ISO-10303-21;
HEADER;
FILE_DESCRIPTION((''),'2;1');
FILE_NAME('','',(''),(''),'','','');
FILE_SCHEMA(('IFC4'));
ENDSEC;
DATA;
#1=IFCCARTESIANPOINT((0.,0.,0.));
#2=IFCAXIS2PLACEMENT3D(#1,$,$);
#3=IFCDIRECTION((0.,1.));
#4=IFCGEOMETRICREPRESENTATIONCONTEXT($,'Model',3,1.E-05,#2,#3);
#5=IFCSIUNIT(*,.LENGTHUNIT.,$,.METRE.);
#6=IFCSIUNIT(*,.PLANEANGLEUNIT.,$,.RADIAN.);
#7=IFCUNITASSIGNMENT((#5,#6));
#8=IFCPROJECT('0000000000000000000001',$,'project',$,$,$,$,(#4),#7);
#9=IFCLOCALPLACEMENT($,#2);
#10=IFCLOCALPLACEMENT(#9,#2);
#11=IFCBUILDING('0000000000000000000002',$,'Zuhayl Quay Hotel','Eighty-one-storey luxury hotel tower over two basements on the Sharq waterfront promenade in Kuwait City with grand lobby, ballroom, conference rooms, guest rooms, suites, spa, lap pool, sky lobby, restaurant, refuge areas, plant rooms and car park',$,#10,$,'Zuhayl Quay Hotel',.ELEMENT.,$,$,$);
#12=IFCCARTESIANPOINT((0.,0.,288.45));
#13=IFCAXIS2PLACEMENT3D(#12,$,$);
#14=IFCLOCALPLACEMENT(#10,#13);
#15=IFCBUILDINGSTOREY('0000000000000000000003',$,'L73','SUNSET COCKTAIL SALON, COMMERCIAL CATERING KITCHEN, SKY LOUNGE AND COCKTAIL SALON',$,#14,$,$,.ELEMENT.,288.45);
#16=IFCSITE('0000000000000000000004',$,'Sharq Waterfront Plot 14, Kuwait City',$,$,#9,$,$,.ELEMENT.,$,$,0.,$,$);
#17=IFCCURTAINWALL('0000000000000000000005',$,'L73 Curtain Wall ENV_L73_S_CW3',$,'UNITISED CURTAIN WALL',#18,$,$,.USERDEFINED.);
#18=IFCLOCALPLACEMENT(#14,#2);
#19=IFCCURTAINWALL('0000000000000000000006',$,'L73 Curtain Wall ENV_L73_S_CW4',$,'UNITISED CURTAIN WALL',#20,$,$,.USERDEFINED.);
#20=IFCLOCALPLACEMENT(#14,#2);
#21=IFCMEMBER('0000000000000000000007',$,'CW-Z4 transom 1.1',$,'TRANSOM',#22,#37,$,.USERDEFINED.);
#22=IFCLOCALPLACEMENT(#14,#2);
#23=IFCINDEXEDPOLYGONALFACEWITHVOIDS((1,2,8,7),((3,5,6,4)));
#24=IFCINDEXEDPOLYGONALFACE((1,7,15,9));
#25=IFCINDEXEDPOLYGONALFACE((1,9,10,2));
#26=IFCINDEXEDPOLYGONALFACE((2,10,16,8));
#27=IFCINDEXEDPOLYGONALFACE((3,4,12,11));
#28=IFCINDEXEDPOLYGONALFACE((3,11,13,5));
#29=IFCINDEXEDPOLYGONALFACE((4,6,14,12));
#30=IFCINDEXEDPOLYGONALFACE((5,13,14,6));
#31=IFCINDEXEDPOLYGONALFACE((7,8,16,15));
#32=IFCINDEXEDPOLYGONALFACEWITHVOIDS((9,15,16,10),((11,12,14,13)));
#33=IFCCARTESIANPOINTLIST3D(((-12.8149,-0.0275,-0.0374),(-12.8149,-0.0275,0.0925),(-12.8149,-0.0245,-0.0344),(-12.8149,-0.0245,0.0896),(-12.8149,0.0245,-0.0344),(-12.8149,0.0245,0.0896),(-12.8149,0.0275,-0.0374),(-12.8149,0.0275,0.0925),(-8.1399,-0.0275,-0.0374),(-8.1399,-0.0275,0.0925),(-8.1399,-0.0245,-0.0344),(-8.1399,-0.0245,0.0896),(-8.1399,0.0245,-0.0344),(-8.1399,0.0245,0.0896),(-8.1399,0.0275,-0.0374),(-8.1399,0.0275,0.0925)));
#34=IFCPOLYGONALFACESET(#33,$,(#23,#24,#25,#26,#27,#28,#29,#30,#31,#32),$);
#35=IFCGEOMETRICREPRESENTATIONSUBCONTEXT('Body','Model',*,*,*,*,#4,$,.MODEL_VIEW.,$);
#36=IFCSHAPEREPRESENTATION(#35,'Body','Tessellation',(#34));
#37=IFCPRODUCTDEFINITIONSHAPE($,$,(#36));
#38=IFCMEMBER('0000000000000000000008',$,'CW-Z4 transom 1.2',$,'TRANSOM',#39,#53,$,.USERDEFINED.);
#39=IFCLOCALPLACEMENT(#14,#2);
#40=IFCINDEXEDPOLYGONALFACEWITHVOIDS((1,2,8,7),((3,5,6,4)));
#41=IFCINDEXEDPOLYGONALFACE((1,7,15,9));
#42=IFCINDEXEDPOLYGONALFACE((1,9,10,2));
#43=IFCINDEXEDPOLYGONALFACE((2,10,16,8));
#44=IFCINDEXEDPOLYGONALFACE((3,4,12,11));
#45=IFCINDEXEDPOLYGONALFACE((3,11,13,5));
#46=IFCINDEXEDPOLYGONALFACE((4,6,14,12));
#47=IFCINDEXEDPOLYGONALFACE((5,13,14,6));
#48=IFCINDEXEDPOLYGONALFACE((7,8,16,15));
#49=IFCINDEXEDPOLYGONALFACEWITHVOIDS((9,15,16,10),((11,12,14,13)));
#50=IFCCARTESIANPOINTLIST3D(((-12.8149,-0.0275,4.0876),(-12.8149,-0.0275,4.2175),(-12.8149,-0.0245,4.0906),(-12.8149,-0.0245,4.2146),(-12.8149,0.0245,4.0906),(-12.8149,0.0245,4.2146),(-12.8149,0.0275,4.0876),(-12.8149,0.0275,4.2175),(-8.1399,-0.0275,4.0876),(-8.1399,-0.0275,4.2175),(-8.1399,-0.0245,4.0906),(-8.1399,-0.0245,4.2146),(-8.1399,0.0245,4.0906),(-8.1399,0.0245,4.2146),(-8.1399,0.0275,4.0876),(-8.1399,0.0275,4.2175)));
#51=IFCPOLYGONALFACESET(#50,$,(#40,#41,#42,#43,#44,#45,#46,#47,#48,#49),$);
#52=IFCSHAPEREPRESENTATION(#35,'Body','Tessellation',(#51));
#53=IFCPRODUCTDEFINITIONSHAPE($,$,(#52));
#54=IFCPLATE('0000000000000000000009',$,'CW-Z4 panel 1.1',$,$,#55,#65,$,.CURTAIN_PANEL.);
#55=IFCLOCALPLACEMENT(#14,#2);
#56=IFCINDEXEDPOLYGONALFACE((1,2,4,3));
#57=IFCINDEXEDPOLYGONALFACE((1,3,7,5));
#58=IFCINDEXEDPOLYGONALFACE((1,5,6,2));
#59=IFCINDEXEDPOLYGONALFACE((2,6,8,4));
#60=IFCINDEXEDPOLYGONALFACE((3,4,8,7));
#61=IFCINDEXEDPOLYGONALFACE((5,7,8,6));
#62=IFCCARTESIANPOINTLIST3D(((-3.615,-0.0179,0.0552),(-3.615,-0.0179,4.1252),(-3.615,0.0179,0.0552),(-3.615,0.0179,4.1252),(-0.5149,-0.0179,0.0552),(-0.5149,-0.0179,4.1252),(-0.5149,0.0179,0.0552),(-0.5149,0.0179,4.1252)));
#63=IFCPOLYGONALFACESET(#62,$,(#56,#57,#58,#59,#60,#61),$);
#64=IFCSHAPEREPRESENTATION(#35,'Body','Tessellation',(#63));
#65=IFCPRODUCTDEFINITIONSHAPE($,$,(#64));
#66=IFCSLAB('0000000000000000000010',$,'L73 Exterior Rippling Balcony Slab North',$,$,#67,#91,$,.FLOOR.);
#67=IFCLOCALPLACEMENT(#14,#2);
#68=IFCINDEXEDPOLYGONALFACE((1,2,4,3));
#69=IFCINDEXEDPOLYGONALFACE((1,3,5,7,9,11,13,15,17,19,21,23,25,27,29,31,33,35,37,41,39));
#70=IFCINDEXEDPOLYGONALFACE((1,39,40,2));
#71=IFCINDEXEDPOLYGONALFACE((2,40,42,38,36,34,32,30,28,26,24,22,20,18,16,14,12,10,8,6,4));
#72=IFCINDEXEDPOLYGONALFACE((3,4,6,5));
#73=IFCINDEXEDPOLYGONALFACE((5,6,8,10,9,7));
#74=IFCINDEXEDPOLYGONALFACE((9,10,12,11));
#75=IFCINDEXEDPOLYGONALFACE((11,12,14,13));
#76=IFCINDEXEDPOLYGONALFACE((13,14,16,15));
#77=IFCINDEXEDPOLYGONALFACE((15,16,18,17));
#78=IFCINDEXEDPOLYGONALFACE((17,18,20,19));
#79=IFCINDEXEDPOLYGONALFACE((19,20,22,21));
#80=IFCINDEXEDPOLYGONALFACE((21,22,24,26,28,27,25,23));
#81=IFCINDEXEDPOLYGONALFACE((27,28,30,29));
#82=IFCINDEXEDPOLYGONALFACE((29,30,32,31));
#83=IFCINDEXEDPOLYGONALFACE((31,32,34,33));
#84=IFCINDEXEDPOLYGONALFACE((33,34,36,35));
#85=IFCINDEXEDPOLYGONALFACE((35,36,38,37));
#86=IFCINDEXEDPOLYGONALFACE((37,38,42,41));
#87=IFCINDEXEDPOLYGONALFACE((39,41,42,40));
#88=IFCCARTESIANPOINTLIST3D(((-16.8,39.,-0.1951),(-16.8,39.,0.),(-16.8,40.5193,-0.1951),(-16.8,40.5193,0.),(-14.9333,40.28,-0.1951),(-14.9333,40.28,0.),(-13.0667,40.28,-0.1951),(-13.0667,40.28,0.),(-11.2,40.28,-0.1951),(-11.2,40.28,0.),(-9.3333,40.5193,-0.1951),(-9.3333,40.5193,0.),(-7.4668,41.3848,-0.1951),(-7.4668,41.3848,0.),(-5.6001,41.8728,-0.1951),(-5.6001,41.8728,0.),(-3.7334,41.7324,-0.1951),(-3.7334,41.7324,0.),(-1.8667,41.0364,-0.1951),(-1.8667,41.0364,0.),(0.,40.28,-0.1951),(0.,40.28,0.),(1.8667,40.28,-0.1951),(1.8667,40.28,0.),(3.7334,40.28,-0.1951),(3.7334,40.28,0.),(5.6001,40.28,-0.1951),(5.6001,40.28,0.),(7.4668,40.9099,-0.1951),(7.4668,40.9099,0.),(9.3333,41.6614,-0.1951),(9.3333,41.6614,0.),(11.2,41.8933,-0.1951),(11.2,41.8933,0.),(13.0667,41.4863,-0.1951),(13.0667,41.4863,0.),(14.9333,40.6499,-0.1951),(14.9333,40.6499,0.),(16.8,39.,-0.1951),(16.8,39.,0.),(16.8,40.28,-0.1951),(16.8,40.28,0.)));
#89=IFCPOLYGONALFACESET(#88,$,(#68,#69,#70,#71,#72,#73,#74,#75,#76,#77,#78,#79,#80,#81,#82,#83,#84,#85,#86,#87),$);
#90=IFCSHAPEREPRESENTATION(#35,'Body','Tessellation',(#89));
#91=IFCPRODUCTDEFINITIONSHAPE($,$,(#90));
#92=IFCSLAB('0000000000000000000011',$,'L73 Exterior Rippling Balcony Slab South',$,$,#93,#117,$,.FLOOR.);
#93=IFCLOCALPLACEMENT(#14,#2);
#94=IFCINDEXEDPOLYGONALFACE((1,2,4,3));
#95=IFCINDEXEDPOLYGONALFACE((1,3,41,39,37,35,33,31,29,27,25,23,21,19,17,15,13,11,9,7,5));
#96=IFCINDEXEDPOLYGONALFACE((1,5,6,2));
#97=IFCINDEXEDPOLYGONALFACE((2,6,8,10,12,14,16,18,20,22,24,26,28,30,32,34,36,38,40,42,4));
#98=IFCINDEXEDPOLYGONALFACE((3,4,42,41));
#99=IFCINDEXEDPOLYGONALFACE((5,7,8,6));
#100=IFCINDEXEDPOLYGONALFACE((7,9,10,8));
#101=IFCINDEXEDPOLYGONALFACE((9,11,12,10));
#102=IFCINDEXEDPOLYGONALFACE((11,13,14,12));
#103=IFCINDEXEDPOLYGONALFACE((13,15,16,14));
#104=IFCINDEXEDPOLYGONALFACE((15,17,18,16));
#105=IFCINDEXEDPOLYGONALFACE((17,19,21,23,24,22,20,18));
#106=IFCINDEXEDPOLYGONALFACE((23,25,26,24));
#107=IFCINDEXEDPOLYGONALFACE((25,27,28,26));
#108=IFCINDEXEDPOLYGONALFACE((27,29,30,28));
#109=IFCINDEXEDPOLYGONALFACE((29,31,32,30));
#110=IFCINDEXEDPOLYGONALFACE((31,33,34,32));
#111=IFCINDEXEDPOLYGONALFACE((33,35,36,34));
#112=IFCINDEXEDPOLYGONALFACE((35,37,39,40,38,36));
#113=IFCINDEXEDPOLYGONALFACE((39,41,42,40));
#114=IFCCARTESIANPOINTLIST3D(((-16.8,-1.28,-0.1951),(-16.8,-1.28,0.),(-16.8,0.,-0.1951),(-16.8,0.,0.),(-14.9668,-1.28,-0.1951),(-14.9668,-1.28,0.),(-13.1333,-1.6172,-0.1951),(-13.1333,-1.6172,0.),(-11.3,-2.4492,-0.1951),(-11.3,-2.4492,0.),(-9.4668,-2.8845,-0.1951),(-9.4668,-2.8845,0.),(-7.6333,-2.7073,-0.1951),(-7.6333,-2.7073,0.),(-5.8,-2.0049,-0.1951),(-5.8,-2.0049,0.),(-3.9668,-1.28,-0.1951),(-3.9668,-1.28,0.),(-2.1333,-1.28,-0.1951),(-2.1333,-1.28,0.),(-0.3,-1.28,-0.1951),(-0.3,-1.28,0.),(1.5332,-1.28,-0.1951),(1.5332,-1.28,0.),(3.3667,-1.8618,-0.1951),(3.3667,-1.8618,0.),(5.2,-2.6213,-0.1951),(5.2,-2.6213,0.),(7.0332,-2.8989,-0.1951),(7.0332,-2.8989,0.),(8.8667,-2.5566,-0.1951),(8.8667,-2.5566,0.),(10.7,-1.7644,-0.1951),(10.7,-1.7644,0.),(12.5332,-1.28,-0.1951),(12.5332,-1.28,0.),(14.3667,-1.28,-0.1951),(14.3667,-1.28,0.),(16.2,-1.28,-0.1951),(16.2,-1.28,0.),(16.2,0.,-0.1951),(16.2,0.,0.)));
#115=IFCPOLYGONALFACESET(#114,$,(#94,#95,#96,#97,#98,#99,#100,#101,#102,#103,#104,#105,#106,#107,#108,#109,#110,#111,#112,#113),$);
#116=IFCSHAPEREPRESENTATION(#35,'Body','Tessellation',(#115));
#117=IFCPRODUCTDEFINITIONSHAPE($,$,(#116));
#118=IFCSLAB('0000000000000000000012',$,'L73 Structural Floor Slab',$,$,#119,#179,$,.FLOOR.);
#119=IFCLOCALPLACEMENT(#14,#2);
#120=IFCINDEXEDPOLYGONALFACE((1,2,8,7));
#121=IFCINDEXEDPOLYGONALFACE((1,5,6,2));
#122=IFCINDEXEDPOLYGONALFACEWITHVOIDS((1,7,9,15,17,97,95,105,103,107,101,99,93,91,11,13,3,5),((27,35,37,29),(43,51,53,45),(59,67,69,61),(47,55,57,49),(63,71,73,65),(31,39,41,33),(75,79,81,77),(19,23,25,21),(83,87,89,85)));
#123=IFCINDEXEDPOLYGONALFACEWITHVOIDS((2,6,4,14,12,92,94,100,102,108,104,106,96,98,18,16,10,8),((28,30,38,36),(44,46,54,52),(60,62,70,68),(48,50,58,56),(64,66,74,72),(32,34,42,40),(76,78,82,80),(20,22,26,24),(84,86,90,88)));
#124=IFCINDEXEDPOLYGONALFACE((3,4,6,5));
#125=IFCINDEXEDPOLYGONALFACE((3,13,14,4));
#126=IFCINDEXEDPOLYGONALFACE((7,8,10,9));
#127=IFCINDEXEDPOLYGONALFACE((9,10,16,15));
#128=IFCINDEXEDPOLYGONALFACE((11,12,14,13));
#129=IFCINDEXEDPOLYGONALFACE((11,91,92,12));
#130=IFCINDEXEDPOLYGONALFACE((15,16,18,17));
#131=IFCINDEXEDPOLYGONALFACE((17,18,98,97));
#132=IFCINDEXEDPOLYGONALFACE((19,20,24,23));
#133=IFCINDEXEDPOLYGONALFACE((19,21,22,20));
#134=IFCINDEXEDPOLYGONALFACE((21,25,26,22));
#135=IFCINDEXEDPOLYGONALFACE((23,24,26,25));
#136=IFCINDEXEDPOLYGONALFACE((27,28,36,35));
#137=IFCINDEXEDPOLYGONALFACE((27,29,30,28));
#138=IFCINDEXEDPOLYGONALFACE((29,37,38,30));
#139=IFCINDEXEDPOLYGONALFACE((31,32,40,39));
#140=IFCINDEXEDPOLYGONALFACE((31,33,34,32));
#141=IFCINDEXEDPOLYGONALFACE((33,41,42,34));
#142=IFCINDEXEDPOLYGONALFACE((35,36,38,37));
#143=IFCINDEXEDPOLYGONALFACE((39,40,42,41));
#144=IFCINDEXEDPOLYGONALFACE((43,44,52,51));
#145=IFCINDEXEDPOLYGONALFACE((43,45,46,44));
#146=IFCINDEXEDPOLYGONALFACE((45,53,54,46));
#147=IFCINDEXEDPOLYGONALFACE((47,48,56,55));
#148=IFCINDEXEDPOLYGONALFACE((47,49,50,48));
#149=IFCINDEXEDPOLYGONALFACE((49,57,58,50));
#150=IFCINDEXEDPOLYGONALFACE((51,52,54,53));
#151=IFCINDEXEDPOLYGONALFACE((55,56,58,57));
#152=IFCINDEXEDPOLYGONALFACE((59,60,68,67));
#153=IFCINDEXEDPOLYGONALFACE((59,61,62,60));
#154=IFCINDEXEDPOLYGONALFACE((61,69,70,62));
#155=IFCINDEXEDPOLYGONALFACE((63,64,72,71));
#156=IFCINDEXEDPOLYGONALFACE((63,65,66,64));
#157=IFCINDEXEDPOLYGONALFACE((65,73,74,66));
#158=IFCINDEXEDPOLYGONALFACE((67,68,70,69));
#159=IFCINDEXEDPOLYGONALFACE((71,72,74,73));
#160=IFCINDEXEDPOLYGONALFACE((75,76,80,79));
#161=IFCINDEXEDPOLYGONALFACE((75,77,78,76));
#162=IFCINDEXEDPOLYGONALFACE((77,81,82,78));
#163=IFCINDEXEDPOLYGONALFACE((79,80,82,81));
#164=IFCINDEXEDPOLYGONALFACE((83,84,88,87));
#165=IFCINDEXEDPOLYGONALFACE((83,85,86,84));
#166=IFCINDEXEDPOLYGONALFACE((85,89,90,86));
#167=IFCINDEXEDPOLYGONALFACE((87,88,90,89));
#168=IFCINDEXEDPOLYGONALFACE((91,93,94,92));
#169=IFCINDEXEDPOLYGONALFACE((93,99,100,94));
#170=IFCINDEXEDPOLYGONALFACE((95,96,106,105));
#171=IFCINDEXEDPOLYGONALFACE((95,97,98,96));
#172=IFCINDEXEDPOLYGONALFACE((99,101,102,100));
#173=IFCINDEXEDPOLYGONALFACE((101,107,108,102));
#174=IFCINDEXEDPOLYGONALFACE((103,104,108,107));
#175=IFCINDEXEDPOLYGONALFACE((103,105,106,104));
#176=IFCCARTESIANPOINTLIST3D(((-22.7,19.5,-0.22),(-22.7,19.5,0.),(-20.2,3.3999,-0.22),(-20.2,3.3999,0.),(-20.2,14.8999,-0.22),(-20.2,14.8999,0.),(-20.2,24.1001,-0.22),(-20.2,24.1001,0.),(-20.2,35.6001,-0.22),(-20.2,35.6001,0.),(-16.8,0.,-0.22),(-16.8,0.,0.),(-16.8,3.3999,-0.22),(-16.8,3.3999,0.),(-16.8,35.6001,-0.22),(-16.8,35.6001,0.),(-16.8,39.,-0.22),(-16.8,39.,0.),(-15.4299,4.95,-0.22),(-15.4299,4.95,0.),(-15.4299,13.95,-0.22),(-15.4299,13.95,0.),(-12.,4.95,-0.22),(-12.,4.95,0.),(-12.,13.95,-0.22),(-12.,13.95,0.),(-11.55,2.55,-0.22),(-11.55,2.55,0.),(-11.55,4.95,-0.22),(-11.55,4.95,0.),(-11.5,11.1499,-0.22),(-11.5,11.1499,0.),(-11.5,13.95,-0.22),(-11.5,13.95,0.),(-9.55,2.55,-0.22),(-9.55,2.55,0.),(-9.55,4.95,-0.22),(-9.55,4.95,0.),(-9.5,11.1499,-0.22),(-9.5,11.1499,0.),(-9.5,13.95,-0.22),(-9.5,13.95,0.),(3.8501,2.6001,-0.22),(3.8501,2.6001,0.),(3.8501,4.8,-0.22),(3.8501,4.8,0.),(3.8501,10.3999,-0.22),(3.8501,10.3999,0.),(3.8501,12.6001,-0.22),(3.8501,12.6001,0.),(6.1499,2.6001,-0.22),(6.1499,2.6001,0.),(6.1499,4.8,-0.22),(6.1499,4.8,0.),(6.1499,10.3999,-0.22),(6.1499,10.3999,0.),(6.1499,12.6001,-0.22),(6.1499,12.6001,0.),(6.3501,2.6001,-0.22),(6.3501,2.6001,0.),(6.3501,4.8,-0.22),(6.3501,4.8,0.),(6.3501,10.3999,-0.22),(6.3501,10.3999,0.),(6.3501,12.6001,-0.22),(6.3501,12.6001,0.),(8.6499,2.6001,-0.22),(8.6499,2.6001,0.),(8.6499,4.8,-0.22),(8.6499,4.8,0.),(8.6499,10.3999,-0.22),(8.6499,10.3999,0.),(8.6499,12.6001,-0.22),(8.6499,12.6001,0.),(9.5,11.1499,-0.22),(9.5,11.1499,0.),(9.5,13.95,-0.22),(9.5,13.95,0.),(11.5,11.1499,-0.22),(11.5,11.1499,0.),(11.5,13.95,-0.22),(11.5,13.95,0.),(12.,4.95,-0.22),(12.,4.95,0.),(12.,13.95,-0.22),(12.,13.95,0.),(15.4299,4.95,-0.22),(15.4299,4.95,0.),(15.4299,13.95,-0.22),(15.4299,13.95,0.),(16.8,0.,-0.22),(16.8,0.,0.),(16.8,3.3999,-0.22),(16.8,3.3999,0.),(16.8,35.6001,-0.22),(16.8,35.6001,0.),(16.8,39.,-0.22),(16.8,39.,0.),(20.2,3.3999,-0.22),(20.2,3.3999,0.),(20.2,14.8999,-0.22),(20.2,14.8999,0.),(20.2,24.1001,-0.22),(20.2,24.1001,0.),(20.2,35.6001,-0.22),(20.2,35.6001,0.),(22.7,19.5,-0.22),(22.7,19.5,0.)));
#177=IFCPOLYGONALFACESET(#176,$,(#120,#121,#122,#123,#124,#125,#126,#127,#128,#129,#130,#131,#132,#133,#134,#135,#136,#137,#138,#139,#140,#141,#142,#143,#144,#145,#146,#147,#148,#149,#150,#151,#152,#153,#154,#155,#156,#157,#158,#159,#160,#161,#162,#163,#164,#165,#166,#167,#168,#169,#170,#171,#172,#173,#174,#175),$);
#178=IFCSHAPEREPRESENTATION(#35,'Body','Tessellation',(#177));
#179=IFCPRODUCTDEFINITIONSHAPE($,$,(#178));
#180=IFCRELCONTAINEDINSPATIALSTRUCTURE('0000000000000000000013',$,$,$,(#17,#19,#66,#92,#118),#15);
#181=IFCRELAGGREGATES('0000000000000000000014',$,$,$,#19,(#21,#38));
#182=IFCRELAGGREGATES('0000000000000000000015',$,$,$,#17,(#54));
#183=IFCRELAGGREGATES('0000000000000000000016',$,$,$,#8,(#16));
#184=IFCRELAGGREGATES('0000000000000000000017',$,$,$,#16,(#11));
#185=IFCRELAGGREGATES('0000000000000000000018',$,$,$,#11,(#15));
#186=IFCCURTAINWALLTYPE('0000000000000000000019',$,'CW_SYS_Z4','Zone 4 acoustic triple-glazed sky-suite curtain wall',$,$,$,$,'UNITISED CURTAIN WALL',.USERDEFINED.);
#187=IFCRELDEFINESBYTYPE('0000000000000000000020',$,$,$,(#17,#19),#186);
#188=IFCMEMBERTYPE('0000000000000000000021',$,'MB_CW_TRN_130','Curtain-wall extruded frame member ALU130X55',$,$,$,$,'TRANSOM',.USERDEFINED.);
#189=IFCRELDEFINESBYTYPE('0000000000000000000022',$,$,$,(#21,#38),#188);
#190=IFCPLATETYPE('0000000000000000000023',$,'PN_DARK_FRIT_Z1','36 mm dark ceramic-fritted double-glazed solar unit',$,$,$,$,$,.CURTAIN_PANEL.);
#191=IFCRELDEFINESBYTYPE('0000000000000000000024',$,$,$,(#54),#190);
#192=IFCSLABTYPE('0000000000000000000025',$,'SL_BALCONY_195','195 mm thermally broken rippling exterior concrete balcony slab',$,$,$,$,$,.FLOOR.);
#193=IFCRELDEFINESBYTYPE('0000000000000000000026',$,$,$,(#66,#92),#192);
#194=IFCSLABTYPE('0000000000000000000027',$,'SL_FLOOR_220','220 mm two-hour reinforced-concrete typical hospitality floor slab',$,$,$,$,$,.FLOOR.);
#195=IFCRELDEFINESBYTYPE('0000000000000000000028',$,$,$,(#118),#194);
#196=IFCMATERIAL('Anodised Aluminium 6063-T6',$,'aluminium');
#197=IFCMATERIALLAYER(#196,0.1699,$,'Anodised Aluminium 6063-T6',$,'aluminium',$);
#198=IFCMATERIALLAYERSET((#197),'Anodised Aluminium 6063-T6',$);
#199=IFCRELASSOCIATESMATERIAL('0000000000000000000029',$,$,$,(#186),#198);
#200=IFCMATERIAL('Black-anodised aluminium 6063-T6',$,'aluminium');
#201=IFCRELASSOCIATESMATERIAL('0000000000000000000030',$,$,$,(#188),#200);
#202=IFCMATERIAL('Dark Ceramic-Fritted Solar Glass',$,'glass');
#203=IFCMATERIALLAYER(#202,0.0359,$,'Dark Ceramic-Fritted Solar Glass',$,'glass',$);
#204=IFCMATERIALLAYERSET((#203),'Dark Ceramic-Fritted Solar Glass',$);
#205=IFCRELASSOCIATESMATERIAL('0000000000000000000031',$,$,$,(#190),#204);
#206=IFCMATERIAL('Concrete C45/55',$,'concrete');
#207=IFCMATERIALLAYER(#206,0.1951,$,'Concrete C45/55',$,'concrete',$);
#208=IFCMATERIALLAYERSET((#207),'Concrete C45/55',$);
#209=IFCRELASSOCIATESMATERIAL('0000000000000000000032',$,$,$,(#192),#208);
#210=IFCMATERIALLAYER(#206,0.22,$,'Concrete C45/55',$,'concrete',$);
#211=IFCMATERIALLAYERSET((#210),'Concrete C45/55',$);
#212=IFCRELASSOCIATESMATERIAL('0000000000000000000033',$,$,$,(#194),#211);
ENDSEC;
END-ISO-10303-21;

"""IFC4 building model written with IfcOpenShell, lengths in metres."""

from ifc_helpers import new_model, si_unit, direction, frame, origin, origin_2d, place, context, subcontext, project, spatial, polyline, rectangle, hollow_rectangle, outline, extrude, material, layer, layer_set, material_profile, profile_set, type_object, element, aggregate, save


model = new_model("IFC4")

# Units and contexts
model_context = context("Model", 3, precision=1e-05, world=origin(), true_north=direction((0.0, 1.0)))
body_context = subcontext(model_context, "Body", "Model", "MODEL_VIEW")
ifc_project = project(units=[si_unit("LENGTHUNIT", "METRE"), si_unit("PLANEANGLEUNIT", "RADIAN")], contexts=[model_context])

# Site, building, storey
site_placement = place(None, origin())
site = spatial("IfcSite", under=ifc_project, at=site_placement, Name="Sharq Waterfront Plot 14, Kuwait City", CompositionType="ELEMENT", RefElevation=0.0)
building_placement = place(site_placement, origin())
building = spatial("IfcBuilding", under=site, at=building_placement, Name="Zuhayl Quay Hotel", Description="Eighty-one-storey luxury hotel tower over two basements on the Sharq waterfront promenade in Kuwait City with grand lobby, ballroom, conference rooms, guest rooms, suites, spa, lap pool, sky lobby, restaurant, refuge areas, plant rooms and car park", LongName="Zuhayl Quay Hotel", CompositionType="ELEMENT")
storey_placement = place(building_placement, frame((0.0, 0.0, 288.45)))
storey = spatial("IfcBuildingStorey", under=building, at=storey_placement, Name="L73", Description="SUNSET COCKTAIL SALON, COMMERCIAL CATERING KITCHEN, SKY LOUNGE AND COCKTAIL SALON", CompositionType="ELEMENT", Elevation=288.45)

# Curtain wall
ifc_material_1 = material(Name="Anodised Aluminium 6063-T6", Category="aluminium")
ifc_layer_1 = layer(ifc_material_1, 0.1699, Name="Anodised Aluminium 6063-T6", Category="aluminium")
ifc_layer_set_1 = layer_set([ifc_layer_1], Name="Anodised Aluminium 6063-T6")
curtain_wall_type = type_object("IfcCurtainWallType", Name="CW_SYS_Z4", Description="Zone 4 acoustic triple-glazed sky-suite curtain wall", ElementType="UNITISED CURTAIN WALL", PredefinedType="USERDEFINED", material=ifc_layer_set_1)
curtain_wall_1_placement = place(storey_placement, origin())
curtain_wall_1 = element("IfcCurtainWall", 1, at=curtain_wall_1_placement, inside=storey, type_object=curtain_wall_type, Name="L73 Curtain Wall ENV_L73_S_CW3", ObjectType="UNITISED CURTAIN WALL", PredefinedType="USERDEFINED")
ifc_material_2 = material(Name="Black-anodised aluminium 6063-T6", Category="aluminium")

# Curtain wall
curtain_wall_2_placement = place(storey_placement, origin())
curtain_wall_2 = element("IfcCurtainWall", 2, at=curtain_wall_2_placement, inside=storey, type_object=curtain_wall_type, Name="L73 Curtain Wall ENV_L73_S_CW4", ObjectType="UNITISED CURTAIN WALL", PredefinedType="USERDEFINED")

# Members
ifc_material_profile_1 = material_profile(ifc_material_2, hollow_rectangle(XDim=0.0549, YDim=0.1299, WallThickness=0.0029, at=origin_2d()), Name="ALU130X55")
ifc_profile_set_1 = profile_set([ifc_material_profile_1], Name="Black-anodised aluminium 6063-T6")
member_type_1 = type_object("IfcMemberType", Name="MB_CW_TRN_130", Description="Curtain-wall extruded frame member ALU130X55", ElementType="TRANSOM", PredefinedType="USERDEFINED", material=ifc_profile_set_1)
member_1_placement = place(storey_placement, frame((-8.1399, 0.0, 0.0276), z_axis=(-1.0, 0.0, 0.0), x_axis=(0.0, -1.0, 0.0)))
member_1 = element("IfcMember", 3, at=member_1_placement, type_object=member_type_1, Name="CW-Z4 transom 1.1", ObjectType="TRANSOM", PredefinedType="USERDEFINED", context=body_context, shape_type="SweptSolid", body=[
    extrude(hollow_rectangle(XDim=0.0549, YDim=0.1299, WallThickness=0.0029, at=origin_2d()), origin(), (0.0, 0.0, 1.0), 4.675),
])
member_2_placement = place(storey_placement, frame((-8.1399, 0.0, 4.1526), z_axis=(-1.0, 0.0, 0.0), x_axis=(0.0, -1.0, 0.0)))
member_2 = element("IfcMember", 4, at=member_2_placement, type_object=member_type_1, Name="CW-Z4 transom 1.2", ObjectType="TRANSOM", PredefinedType="USERDEFINED", context=body_context, shape_type="SweptSolid", body=[
    extrude(hollow_rectangle(XDim=0.0549, YDim=0.1299, WallThickness=0.0029, at=origin_2d()), origin(), (0.0, 0.0, 1.0), 4.675),
])
aggregate(curtain_wall_2, [member_1, member_2])

# Plate
ifc_material_3 = material(Name="Dark Ceramic-Fritted Solar Glass", Category="glass")
ifc_layer_2 = layer(ifc_material_3, 0.0359, Name="Dark Ceramic-Fritted Solar Glass", Category="glass")
ifc_layer_set_2 = layer_set([ifc_layer_2], Name="Dark Ceramic-Fritted Solar Glass")
plate_type = type_object("IfcPlateType", Name="PN_DARK_FRIT_Z1", Description="36 mm dark ceramic-fritted double-glazed solar unit", PredefinedType="CURTAIN_PANEL", material=ifc_layer_set_2)
plate_placement = place(storey_placement, frame((-2.0649, 0.0, 0.0552), z_axis=(0.0, 0.0, 1.0), x_axis=(-1.0, 0.0, 0.0)))
plate = element("IfcPlate", 5, at=plate_placement, type_object=plate_type, Name="CW-Z4 panel 1.1", PredefinedType="CURTAIN_PANEL", context=body_context, shape_type="SweptSolid", body=[
    extrude(rectangle(XDim=3.1001, YDim=0.0359, at=origin_2d()), origin(), (0.0, 0.0, 1.0), 4.0701),
])
aggregate(curtain_wall_1, [plate])

# Slabs
ifc_material_4 = material(Name="Concrete C45/55", Category="concrete")
ifc_layer_3 = layer(ifc_material_4, 0.1951, Name="Concrete C45/55", Category="concrete")
ifc_layer_set_3 = layer_set([ifc_layer_3], Name="Concrete C45/55")
slab_type_1 = type_object("IfcSlabType", Name="SL_BALCONY_195", Description="195 mm thermally broken rippling exterior concrete balcony slab", PredefinedType="FLOOR", material=ifc_layer_set_3)
slab_1_placement = place(storey_placement, frame((0.0, 0.0, -0.1951)))
element("IfcSlab", 6, at=slab_1_placement, inside=storey, type_object=slab_type_1, Name="L73 Exterior Rippling Balcony Slab North", PredefinedType="FLOOR", context=body_context, shape_type="SweptSolid", body=[
    extrude(outline(polyline([(-16.8, 39.0), (16.8, 39.0), (16.8, 40.28), (14.9333, 40.6499), (13.0667, 41.4863), (11.2, 41.8933), (9.3333, 41.6614), (7.4668, 40.9099), (5.6001, 40.28), (3.7334, 40.28), (1.8667, 40.28), (0.0, 40.28), (-1.8667, 41.0364), (-3.7334, 41.7324), (-5.6001, 41.8728), (-7.4668, 41.3848), (-9.3333, 40.5193), (-11.2, 40.28), (-13.0667, 40.28), (-14.9333, 40.28), (-16.8, 40.5193), (-16.8, 39.0)])), origin(), (0.0, 0.0, 1.0), 0.1951),
])
slab_2_placement = place(storey_placement, frame((0.0, 0.0, -0.1951)))
element("IfcSlab", 7, at=slab_2_placement, inside=storey, type_object=slab_type_1, Name="L73 Exterior Rippling Balcony Slab South", PredefinedType="FLOOR", context=body_context, shape_type="SweptSolid", body=[
    extrude(outline(polyline([(-16.8, -1.28), (-14.9668, -1.28), (-13.1333, -1.6172), (-11.3, -2.4492), (-9.4668, -2.8845), (-7.6333, -2.7073), (-5.8, -2.0049), (-3.9668, -1.28), (-2.1333, -1.28), (-0.3, -1.28), (1.5332, -1.28), (3.3667, -1.8618), (5.2, -2.6213), (7.0332, -2.8989), (8.8667, -2.5566), (10.7, -1.7644), (12.5332, -1.28), (14.3667, -1.28), (16.2, -1.28), (16.2, 0.0), (-16.8, 0.0), (-16.8, -1.28)])), origin(), (0.0, 0.0, 1.0), 0.1951),
])
ifc_layer_4 = layer(ifc_material_4, 0.22, Name="Concrete C45/55", Category="concrete")
ifc_layer_set_4 = layer_set([ifc_layer_4], Name="Concrete C45/55")
slab_type_2 = type_object("IfcSlabType", Name="SL_FLOOR_220", Description="220 mm two-hour reinforced-concrete typical hospitality floor slab", PredefinedType="FLOOR", material=ifc_layer_set_4)
slab_3_placement = place(storey_placement, frame((0.0, 0.0, -0.22)))
element("IfcSlab", 8, at=slab_3_placement, inside=storey, type_object=slab_type_2, Name="L73 Structural Floor Slab", PredefinedType="FLOOR", context=body_context, shape_type="SweptSolid", body=[
    extrude(outline(polyline([(-16.8, 0.0), (16.8, 0.0), (16.8, 3.3999), (20.2, 3.3999), (20.2, 14.8999), (22.7, 19.5), (20.2, 24.1001), (20.2, 35.6001), (16.8, 35.6001), (16.8, 39.0), (-16.8, 39.0), (-16.8, 35.6001), (-20.2, 35.6001), (-20.2, 24.1001), (-22.7, 19.5), (-20.2, 14.8999), (-20.2, 3.3999), (-16.8, 3.3999), (-16.8, 0.0)]), holes=[polyline([(-12.0, 4.95), (-12.0, 13.95), (-15.4299, 13.95), (-15.4299, 4.95), (-12.0, 4.95)]), polyline([(15.4299, 4.95), (15.4299, 13.95), (12.0, 13.95), (12.0, 4.95), (15.4299, 4.95)]), polyline([(-11.5, 11.1499), (-9.5, 11.1499), (-9.5, 13.95), (-11.5, 13.95), (-11.5, 11.1499)]), polyline([(9.5, 11.1499), (11.5, 11.1499), (11.5, 13.95), (9.5, 13.95), (9.5, 11.1499)]), polyline([(3.8501, 2.6001), (6.1499, 2.6001), (6.1499, 4.8), (3.8501, 4.8), (3.8501, 2.6001)]), polyline([(6.3501, 2.6001), (8.6499, 2.6001), (8.6499, 4.8), (6.3501, 4.8), (6.3501, 2.6001)]), polyline([(3.8501, 10.3999), (6.1499, 10.3999), (6.1499, 12.6001), (3.8501, 12.6001), (3.8501, 10.3999)]), polyline([(6.3501, 10.3999), (8.6499, 10.3999), (8.6499, 12.6001), (6.3501, 12.6001), (6.3501, 10.3999)]), polyline([(-11.55, 2.55), (-9.55, 2.55), (-9.55, 4.95), (-11.55, 4.95), (-11.55, 2.55)])]), origin(), (0.0, 0.0, 1.0), 0.22),
])

save(model, "model.ifc")
